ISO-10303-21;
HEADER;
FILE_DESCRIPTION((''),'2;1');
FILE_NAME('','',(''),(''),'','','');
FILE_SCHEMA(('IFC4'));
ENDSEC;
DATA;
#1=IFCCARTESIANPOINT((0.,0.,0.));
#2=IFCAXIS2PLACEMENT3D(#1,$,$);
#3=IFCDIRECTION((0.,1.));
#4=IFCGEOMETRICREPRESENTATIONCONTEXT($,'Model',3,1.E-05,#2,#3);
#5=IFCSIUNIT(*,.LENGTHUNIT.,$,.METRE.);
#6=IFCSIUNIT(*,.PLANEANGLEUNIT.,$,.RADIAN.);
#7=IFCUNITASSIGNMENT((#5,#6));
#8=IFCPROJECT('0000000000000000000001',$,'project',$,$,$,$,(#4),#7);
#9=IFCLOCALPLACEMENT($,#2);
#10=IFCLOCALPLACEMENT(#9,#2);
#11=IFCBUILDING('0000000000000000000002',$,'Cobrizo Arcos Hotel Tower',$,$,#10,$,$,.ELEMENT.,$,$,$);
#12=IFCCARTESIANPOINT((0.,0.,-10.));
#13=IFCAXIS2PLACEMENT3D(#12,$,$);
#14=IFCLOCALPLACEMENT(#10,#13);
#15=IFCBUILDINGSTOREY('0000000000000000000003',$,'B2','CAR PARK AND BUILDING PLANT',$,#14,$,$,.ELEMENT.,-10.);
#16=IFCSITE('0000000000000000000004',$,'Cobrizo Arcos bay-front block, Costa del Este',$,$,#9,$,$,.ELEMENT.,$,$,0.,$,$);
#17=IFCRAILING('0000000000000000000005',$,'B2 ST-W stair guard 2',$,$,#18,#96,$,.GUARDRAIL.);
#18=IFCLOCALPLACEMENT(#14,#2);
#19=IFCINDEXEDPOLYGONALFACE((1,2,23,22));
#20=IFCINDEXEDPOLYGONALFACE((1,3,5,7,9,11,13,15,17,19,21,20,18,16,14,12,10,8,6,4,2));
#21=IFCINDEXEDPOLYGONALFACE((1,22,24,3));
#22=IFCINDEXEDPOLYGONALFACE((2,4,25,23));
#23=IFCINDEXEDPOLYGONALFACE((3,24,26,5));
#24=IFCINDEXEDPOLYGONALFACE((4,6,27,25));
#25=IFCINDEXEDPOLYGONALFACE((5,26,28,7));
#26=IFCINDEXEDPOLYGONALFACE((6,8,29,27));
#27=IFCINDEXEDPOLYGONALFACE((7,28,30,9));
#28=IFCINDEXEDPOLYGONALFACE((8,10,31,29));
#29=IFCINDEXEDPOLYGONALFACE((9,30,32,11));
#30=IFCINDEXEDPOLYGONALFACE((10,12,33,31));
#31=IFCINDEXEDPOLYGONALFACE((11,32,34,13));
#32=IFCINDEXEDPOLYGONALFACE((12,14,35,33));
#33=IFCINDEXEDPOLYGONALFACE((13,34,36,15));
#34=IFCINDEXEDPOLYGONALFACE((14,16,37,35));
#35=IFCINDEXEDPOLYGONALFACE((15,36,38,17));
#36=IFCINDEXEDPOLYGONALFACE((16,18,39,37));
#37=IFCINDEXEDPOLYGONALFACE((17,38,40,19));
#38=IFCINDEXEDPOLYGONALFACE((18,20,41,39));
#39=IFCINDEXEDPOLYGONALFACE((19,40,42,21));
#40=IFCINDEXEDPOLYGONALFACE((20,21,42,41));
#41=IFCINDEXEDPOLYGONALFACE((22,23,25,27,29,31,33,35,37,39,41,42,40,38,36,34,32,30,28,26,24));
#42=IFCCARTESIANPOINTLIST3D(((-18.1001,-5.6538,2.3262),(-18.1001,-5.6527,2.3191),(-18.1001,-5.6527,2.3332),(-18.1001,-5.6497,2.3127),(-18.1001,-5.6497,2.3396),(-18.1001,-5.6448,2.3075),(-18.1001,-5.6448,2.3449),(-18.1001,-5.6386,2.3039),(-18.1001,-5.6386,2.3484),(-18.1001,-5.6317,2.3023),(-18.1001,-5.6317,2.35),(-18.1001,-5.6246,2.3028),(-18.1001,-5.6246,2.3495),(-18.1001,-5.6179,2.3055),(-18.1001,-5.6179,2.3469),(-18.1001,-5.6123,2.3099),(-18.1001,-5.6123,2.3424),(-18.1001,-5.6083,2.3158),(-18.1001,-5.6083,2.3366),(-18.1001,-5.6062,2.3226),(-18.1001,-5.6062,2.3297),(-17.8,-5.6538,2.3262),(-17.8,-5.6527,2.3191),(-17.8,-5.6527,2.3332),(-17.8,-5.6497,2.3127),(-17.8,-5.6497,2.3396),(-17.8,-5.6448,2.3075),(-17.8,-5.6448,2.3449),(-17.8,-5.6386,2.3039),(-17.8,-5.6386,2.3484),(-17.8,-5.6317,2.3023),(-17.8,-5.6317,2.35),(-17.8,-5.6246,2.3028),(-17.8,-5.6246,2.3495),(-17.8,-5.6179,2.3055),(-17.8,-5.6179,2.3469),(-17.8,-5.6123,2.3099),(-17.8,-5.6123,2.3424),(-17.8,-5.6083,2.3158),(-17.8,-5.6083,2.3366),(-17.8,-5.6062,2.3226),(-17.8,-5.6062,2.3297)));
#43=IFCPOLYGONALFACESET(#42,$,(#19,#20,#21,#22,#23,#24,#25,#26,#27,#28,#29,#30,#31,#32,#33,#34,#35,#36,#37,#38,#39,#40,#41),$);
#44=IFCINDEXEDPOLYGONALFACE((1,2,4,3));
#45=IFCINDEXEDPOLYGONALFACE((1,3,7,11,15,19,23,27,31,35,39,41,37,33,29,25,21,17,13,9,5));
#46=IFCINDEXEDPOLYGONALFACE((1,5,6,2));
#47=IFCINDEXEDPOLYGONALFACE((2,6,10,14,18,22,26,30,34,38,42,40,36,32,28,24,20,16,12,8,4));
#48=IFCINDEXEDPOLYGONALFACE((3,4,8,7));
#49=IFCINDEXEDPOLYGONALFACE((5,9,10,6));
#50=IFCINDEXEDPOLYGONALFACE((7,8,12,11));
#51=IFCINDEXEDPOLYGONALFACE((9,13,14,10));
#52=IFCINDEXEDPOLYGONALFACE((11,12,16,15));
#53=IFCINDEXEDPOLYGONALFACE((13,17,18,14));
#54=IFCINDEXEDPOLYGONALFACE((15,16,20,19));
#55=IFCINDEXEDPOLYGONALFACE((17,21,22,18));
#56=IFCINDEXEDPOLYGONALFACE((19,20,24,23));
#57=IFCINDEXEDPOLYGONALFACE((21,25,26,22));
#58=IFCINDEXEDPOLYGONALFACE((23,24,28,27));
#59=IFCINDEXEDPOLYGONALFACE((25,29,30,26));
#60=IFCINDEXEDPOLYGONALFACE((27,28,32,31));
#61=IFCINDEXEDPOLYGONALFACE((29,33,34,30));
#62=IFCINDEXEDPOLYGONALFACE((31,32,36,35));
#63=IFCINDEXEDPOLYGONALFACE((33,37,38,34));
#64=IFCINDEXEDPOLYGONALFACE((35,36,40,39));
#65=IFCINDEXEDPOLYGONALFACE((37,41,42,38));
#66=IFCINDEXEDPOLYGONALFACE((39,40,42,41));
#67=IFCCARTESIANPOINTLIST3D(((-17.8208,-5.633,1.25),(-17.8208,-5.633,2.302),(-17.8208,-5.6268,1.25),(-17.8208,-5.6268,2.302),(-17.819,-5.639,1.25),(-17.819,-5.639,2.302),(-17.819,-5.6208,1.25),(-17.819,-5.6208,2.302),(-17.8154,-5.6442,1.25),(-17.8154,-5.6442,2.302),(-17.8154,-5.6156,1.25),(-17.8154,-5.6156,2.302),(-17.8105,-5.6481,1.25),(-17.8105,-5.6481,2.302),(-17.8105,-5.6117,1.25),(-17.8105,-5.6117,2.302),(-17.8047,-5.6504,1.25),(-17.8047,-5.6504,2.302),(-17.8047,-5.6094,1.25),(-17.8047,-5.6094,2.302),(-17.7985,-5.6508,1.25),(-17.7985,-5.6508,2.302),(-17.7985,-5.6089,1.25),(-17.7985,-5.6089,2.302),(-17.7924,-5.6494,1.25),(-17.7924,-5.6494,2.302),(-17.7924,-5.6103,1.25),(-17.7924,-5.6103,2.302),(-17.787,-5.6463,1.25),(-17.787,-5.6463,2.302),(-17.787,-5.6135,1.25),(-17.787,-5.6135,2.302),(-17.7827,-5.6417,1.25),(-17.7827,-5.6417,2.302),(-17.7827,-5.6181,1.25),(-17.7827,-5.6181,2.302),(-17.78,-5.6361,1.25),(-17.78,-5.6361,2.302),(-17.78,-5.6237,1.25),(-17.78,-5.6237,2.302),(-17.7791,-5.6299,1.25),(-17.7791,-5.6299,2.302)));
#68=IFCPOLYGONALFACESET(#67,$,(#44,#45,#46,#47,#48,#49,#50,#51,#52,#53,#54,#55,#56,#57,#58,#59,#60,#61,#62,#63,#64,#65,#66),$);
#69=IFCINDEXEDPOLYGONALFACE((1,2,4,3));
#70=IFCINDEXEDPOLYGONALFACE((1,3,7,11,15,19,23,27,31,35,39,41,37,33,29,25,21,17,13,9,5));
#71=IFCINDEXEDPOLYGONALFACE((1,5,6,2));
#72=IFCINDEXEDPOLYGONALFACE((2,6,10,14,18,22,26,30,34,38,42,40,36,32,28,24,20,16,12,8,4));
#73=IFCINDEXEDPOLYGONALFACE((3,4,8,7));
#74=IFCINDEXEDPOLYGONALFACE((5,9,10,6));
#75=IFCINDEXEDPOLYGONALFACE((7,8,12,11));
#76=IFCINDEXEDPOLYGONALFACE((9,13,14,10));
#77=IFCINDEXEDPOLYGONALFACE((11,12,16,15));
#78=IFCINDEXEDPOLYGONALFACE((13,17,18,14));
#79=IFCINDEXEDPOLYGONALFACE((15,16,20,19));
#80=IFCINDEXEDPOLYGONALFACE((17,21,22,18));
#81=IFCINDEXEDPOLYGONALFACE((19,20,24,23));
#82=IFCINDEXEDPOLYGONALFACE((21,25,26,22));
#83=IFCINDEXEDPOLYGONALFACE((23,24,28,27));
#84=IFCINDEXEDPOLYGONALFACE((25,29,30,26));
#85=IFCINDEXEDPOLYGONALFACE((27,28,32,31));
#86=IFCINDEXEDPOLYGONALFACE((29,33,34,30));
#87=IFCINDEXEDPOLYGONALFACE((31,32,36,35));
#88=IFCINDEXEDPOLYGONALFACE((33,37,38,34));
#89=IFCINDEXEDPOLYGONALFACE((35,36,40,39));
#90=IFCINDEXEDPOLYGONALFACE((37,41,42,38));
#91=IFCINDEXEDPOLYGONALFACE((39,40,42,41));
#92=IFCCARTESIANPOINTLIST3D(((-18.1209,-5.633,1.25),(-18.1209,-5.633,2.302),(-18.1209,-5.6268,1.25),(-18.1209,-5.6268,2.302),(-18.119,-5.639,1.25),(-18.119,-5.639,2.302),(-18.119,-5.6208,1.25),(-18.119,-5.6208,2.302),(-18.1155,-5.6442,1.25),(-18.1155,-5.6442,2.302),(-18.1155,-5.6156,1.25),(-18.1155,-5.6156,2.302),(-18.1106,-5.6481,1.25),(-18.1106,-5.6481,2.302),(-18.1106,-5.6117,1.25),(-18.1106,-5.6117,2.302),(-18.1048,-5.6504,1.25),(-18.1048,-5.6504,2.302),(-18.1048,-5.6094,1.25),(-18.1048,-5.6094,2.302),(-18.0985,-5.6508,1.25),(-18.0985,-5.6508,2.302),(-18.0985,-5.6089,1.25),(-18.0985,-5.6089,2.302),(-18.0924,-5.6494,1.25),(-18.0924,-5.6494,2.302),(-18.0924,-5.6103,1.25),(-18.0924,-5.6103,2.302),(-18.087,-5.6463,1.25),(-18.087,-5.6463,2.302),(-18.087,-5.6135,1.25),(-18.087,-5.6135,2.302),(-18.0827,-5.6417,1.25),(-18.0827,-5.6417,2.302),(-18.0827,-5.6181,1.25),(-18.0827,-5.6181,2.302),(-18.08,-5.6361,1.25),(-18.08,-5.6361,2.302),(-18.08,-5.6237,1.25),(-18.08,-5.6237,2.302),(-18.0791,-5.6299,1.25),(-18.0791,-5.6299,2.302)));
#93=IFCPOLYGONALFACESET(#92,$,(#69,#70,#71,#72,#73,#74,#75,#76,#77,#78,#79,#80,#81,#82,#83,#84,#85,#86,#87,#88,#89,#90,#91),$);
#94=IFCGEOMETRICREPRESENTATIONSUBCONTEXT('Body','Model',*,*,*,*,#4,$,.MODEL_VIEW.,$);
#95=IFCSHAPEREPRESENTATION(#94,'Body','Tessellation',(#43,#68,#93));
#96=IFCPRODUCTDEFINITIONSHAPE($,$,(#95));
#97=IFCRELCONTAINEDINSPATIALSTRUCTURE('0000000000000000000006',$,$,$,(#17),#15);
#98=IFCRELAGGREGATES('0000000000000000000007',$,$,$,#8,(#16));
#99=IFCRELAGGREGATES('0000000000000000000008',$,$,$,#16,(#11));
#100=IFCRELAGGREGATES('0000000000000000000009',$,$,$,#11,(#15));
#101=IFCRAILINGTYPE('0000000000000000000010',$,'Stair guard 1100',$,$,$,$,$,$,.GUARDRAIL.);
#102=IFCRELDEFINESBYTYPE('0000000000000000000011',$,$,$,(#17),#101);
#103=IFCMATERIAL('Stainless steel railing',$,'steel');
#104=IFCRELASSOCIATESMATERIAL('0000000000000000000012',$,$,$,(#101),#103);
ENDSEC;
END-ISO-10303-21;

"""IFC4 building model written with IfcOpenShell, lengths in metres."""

from ifc_helpers import new_model, si_unit, direction, frame, origin, origin_2d, place, context, subcontext, project, spatial, circle, extrude, material, type_object, element, save


model = new_model("IFC4")

# Units and contexts
model_context = context("Model", 3, precision=1e-05, world=origin(), true_north=direction((0.0, 1.0)))
body_context = subcontext(model_context, "Body", "Model", "MODEL_VIEW")
ifc_project = project(units=[si_unit("LENGTHUNIT", "METRE"), si_unit("PLANEANGLEUNIT", "RADIAN")], contexts=[model_context])

# Site, building, storey
site_placement = place(None, origin())
site = spatial("IfcSite", under=ifc_project, at=site_placement, Name="Cobrizo Arcos bay-front block, Costa del Este", CompositionType="ELEMENT", RefElevation=0.0)
building_placement = place(site_placement, origin())
building = spatial("IfcBuilding", under=site, at=building_placement, Name="Cobrizo Arcos Hotel Tower", CompositionType="ELEMENT")
storey_placement = place(building_placement, frame((0.0, 0.0, -10.0)))
storey = spatial("IfcBuildingStorey", under=building, at=storey_placement, Name="B2", Description="CAR PARK AND BUILDING PLANT", CompositionType="ELEMENT", Elevation=-10.0)

# Railing
ifc_material_1 = material(Name="Stainless steel railing", Category="steel")
railing_type_1 = type_object("IfcRailingType", Name="Stair guard 1100", PredefinedType="GUARDRAIL", material=ifc_material_1)
railing_1_placement = place(storey_placement, frame((-17.8, -5.6299, 1.25)))
element("IfcRailing", 1, at=railing_1_placement, inside=storey, type_object=railing_type_1, Name="B2 ST-W stair guard 2", PredefinedType="GUARDRAIL", context=body_context, shape_type="SweptSolid", body=[
    extrude(circle(Radius=0.0239, at=origin_2d()), frame((0.0, 0.0, 1.0762), z_axis=(-1.0, 0.0, 0.0), x_axis=(0.0, -1.0, 0.0)), (0.0, 0.0, 1.0), 0.3),
    extrude(circle(Radius=0.021, at=origin_2d()), origin(), (0.0, 0.0, 1.0), 1.052),
    extrude(circle(Radius=0.021, at=origin_2d()), frame((-0.3, 0.0, 0.0)), (0.0, 0.0, 1.0), 1.052),
])

save(model, "model.ifc")
